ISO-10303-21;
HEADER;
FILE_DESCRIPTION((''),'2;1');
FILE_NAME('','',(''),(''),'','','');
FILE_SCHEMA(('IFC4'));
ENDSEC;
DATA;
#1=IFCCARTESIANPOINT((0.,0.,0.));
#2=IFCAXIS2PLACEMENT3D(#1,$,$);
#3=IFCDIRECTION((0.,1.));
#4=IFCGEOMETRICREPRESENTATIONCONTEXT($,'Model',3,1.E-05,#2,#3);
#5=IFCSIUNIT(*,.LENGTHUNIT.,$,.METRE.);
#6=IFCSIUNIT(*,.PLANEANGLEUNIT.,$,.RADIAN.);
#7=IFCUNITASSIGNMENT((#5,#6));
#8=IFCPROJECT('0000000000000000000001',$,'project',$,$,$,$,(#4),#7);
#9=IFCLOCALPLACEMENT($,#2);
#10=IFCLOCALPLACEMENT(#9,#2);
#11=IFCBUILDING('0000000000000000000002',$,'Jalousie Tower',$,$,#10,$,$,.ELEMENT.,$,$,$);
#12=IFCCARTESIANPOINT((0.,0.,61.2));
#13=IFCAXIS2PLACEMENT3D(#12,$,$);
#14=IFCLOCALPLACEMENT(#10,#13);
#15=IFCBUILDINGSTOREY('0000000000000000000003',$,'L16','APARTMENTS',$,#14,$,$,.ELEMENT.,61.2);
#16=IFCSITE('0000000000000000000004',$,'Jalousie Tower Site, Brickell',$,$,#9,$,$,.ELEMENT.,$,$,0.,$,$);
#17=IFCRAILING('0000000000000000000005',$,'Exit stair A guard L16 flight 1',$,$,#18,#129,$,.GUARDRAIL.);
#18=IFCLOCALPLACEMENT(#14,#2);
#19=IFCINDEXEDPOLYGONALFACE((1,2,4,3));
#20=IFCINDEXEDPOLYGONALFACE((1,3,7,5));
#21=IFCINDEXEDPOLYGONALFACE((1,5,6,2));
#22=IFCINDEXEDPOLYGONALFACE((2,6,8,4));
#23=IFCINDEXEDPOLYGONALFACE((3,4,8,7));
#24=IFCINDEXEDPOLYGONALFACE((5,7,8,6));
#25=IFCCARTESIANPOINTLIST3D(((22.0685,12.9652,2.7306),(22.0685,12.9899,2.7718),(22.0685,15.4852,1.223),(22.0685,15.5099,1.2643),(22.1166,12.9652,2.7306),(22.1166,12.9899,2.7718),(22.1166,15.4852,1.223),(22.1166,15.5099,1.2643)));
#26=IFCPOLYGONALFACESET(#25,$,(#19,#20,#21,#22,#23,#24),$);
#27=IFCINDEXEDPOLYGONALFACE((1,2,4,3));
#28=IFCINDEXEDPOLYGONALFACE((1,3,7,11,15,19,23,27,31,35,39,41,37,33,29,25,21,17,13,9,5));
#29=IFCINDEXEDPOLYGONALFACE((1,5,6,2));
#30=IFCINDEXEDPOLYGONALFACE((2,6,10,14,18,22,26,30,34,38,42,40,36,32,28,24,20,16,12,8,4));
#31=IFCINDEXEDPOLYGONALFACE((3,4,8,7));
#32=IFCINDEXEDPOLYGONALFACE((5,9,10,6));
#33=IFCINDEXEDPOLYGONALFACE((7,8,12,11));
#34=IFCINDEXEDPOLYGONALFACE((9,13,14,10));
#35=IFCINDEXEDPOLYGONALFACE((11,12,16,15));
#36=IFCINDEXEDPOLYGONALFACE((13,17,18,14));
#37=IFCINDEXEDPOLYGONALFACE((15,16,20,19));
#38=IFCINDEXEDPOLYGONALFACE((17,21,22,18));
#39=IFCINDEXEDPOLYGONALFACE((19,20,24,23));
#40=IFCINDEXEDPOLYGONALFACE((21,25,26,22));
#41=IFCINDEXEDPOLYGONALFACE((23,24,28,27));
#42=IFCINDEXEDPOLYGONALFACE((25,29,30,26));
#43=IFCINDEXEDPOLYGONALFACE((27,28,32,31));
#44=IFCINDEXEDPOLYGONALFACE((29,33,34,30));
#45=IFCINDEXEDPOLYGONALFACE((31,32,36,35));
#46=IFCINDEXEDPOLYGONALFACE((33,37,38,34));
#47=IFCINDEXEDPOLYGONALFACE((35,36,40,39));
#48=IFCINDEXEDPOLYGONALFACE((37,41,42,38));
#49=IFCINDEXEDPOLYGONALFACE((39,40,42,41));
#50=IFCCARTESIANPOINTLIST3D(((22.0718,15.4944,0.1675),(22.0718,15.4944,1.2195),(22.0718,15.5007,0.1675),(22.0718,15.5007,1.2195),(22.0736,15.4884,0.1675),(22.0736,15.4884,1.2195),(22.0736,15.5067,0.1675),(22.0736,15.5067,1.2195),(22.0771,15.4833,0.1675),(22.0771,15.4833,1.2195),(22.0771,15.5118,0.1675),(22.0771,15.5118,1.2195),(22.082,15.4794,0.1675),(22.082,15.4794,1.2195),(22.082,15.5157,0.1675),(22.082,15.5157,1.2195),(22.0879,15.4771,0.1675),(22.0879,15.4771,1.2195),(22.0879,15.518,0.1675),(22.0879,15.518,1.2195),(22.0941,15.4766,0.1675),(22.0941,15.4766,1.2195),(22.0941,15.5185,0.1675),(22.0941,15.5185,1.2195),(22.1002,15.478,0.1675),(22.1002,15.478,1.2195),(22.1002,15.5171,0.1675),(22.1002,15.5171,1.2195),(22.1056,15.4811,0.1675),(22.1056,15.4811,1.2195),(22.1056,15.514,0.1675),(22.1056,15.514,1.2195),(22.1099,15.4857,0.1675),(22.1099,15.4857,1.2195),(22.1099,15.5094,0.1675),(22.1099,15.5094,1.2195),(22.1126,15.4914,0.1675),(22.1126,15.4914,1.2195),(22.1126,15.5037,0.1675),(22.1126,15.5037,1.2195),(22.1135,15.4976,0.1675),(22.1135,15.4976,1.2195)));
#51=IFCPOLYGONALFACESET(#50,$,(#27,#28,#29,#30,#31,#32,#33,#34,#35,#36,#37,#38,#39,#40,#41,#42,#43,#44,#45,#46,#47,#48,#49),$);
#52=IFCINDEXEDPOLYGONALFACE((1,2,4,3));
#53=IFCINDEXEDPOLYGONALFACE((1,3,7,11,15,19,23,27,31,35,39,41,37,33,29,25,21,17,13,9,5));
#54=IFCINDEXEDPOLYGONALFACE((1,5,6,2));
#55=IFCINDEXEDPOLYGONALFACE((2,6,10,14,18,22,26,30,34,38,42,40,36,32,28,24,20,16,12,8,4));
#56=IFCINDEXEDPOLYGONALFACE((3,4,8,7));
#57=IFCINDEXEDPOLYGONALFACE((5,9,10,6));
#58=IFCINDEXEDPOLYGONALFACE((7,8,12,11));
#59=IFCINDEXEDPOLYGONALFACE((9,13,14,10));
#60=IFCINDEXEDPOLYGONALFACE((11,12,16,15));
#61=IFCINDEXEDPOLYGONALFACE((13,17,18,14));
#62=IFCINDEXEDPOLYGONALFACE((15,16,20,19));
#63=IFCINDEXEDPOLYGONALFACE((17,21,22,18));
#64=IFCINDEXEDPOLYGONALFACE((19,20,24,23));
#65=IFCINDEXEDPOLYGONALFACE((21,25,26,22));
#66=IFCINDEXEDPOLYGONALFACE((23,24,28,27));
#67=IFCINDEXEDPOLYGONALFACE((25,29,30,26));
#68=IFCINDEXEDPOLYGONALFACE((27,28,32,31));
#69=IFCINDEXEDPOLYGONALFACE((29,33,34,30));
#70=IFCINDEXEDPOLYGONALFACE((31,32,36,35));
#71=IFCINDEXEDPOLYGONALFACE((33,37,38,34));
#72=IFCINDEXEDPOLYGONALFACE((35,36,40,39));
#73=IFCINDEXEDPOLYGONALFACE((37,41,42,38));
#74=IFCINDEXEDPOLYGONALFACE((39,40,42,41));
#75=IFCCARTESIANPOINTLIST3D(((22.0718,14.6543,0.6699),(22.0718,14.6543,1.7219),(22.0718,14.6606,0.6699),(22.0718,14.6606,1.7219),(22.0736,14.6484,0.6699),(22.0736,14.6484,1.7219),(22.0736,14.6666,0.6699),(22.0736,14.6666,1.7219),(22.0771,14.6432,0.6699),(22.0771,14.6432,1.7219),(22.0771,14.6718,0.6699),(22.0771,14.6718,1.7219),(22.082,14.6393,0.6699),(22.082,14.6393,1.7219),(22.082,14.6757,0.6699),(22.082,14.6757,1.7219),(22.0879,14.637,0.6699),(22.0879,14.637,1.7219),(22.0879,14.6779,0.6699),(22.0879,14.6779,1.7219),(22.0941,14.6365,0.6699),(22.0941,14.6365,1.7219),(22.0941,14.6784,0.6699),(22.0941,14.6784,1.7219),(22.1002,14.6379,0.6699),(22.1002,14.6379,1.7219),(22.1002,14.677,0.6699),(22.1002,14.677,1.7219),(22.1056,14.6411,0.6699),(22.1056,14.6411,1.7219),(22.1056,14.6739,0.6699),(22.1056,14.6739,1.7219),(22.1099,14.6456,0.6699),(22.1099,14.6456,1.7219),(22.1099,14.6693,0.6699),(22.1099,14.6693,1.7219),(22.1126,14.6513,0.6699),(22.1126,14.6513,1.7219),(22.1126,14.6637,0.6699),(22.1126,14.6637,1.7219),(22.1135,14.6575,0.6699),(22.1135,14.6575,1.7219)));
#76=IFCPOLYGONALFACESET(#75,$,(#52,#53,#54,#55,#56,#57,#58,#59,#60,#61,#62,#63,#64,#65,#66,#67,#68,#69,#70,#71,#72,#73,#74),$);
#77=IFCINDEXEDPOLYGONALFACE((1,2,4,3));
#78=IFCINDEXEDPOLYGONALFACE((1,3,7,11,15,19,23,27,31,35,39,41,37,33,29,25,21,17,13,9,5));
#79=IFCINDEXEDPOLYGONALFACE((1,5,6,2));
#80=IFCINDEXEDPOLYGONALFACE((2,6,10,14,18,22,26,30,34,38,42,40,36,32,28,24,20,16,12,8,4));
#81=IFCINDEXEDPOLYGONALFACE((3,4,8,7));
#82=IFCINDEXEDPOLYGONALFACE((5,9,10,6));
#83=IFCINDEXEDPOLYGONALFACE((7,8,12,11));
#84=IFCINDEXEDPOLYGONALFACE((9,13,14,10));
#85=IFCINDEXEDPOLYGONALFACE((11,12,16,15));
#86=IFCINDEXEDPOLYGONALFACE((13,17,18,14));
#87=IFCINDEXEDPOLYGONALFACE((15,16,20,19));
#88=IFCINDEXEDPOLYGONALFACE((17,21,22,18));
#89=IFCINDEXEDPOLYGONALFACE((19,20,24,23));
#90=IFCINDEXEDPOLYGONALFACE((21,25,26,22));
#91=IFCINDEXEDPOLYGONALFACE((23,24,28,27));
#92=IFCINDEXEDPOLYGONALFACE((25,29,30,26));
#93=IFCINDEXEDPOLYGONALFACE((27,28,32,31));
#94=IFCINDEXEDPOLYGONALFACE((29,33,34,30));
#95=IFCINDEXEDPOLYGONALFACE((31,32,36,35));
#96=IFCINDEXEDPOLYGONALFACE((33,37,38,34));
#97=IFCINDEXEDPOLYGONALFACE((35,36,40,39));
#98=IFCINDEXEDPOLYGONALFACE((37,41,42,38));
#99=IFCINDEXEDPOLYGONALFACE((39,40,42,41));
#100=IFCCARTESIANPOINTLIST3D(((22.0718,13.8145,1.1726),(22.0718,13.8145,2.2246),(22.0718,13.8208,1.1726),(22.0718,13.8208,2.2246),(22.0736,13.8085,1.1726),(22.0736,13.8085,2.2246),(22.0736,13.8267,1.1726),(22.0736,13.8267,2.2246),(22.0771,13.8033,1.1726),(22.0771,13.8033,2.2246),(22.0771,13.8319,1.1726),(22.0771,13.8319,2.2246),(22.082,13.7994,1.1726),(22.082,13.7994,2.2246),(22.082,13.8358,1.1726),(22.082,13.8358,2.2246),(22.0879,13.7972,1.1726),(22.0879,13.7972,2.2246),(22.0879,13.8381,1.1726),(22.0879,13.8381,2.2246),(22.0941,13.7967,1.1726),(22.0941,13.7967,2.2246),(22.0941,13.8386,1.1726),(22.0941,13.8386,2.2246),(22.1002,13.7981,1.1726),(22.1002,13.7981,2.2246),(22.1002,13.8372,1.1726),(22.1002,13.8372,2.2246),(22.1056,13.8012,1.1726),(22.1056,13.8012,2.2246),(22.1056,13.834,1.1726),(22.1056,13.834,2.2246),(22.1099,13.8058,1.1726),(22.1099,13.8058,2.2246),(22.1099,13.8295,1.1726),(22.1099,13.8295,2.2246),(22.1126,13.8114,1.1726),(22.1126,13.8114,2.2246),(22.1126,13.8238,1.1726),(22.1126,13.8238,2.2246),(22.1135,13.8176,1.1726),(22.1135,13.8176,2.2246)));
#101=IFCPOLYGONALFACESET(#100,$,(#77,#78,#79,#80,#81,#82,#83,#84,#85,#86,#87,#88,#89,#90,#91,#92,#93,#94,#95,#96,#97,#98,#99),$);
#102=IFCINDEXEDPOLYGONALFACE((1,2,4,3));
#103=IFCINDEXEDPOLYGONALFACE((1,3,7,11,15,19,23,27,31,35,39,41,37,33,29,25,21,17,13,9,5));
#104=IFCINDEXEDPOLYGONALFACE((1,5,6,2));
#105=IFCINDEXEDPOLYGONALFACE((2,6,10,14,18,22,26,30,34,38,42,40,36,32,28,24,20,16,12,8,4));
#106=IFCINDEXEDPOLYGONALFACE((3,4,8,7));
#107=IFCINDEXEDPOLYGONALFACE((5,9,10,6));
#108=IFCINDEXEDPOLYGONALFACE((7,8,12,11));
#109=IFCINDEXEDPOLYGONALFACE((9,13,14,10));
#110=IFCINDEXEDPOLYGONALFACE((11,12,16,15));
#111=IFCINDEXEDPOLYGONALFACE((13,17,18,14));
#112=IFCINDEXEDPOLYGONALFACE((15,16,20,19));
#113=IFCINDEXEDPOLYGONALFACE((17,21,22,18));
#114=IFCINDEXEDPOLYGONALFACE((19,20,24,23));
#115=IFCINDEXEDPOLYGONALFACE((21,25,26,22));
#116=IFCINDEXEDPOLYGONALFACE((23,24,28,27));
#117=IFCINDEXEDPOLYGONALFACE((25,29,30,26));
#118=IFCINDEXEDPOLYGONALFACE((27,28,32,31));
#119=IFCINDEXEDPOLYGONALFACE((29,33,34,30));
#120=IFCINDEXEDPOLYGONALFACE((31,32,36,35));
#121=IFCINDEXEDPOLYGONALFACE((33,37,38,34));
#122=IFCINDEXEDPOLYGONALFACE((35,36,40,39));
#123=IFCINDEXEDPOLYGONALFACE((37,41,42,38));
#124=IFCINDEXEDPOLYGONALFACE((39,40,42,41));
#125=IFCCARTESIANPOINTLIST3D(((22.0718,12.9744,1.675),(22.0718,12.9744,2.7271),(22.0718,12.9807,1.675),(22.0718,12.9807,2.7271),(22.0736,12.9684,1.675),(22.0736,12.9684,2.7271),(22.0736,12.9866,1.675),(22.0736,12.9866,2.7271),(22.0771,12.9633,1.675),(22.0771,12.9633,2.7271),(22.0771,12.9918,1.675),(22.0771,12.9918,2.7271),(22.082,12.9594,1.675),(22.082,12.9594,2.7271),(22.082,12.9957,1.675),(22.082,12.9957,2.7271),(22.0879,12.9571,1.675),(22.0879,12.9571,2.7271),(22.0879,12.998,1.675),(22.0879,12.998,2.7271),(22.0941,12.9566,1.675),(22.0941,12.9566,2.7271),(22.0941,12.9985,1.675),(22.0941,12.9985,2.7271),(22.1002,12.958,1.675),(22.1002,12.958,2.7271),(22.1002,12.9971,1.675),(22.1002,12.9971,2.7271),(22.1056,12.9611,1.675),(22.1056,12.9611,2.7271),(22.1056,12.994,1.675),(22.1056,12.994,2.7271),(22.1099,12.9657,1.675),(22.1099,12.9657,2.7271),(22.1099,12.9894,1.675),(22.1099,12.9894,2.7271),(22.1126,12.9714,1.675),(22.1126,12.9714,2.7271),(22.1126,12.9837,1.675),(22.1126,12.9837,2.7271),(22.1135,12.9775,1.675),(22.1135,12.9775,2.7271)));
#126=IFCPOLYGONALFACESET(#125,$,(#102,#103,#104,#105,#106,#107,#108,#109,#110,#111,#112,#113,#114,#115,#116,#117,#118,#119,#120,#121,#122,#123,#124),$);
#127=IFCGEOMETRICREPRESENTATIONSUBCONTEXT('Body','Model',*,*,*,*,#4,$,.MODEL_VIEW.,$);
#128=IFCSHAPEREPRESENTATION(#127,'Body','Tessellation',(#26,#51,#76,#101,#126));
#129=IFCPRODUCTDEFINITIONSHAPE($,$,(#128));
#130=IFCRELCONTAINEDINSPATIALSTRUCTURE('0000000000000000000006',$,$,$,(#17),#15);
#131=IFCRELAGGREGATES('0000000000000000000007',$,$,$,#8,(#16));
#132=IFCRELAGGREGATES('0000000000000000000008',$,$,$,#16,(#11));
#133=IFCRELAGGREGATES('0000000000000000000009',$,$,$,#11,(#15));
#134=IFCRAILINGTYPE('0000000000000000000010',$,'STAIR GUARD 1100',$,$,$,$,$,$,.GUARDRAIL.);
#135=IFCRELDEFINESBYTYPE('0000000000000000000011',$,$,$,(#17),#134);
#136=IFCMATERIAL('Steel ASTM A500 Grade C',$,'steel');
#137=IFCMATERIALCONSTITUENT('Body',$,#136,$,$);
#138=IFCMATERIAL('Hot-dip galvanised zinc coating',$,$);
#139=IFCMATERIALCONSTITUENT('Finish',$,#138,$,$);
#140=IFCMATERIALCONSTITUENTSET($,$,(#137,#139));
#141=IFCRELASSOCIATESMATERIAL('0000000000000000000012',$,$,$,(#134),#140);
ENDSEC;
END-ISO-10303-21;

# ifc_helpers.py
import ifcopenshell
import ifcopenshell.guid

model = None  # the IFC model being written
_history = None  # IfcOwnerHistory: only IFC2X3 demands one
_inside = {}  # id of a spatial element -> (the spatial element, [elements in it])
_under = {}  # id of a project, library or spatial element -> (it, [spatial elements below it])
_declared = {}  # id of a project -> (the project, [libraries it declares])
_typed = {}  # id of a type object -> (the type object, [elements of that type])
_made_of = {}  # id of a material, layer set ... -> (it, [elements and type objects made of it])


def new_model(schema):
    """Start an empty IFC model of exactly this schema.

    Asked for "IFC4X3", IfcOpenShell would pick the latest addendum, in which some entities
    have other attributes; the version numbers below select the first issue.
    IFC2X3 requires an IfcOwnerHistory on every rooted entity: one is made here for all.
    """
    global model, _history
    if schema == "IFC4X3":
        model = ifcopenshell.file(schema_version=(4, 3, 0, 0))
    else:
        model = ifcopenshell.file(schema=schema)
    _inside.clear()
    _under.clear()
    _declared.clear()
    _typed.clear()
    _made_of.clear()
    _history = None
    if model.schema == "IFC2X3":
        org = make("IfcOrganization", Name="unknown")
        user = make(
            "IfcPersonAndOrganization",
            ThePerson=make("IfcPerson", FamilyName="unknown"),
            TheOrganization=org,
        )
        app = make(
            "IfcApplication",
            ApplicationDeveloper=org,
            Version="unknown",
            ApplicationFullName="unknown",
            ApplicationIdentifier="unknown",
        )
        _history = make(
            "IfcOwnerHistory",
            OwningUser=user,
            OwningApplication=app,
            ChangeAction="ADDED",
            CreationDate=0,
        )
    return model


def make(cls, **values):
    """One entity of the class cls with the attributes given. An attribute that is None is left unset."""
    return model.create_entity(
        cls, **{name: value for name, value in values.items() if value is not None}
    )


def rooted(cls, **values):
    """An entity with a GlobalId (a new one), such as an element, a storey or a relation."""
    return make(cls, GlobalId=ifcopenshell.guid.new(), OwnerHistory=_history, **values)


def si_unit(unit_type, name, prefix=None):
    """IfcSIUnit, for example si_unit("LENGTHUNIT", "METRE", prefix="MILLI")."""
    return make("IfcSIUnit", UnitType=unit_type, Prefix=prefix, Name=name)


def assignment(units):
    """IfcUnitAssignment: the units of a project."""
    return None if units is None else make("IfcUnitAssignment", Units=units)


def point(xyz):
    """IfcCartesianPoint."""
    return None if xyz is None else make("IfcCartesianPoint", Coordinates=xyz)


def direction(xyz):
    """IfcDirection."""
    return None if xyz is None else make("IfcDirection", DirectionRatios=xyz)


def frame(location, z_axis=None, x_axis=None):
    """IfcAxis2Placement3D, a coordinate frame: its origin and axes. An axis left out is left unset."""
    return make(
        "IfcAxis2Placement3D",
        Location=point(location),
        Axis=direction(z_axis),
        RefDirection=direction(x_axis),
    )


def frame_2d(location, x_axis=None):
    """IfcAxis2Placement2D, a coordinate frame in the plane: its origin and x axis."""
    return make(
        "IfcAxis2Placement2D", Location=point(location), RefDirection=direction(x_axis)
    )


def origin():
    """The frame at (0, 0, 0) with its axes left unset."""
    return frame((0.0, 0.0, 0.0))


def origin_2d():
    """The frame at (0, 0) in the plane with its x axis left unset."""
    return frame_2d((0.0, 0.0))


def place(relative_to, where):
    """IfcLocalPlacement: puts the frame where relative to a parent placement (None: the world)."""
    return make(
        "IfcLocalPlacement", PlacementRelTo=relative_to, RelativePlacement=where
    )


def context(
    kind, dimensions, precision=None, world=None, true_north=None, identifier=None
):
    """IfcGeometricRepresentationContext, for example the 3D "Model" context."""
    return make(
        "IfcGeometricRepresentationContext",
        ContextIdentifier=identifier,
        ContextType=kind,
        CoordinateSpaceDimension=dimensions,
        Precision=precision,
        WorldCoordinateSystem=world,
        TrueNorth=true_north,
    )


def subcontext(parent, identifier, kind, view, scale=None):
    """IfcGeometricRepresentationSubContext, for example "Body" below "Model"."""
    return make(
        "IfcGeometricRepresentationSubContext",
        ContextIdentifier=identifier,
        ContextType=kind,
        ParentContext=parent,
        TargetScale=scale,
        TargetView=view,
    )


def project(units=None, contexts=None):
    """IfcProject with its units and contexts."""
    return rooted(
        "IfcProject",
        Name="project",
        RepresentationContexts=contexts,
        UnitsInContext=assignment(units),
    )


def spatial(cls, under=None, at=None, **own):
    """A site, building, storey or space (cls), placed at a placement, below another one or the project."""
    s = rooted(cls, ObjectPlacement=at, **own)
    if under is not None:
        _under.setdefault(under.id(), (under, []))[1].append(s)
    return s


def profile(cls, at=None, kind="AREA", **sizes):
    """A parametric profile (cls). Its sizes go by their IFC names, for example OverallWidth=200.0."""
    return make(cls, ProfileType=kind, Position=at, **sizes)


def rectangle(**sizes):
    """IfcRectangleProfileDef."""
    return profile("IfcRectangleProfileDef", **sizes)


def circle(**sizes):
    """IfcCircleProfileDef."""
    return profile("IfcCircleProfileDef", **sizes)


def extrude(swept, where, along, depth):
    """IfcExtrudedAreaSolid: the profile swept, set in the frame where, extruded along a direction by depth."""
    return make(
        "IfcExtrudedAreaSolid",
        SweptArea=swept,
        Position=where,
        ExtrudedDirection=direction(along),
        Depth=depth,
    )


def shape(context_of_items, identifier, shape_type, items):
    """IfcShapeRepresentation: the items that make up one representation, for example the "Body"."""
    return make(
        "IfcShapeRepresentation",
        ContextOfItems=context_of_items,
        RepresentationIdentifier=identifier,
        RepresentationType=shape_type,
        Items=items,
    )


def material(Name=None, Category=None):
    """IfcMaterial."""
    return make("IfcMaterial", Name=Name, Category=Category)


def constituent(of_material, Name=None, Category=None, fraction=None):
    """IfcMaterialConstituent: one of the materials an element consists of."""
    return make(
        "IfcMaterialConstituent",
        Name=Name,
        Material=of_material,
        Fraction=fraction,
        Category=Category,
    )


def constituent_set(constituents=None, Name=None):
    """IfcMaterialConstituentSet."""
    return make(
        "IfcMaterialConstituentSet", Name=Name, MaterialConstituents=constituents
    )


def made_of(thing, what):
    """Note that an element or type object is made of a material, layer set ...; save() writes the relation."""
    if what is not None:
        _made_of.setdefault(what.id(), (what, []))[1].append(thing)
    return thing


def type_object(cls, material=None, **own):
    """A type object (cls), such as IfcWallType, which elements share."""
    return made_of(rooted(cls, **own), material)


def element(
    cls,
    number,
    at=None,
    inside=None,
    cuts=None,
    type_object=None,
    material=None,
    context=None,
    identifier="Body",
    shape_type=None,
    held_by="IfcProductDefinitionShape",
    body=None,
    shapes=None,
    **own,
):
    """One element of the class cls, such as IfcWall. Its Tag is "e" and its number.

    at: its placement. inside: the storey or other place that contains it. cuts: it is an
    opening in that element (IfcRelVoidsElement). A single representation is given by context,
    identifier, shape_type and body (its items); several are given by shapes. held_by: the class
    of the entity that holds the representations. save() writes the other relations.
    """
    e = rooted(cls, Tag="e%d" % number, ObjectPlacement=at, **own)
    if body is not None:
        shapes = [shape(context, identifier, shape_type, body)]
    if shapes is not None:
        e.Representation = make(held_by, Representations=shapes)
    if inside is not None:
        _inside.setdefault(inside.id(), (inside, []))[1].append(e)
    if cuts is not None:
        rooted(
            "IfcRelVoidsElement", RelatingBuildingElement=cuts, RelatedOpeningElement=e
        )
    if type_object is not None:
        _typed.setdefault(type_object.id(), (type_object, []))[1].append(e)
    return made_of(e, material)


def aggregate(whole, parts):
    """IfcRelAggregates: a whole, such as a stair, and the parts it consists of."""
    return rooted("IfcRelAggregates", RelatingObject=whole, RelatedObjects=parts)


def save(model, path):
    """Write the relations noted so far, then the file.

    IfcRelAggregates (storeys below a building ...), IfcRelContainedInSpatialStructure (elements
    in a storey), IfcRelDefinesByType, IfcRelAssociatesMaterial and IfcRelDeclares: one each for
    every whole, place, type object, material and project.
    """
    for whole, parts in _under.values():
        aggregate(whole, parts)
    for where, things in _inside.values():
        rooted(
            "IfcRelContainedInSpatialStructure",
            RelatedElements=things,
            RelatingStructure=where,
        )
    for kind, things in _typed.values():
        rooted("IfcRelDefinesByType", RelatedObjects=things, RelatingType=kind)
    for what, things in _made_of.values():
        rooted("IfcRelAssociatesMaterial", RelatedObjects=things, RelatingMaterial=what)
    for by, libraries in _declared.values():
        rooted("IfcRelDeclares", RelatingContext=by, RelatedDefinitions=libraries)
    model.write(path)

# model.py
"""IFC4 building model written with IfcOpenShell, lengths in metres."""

from ifc_helpers import new_model, si_unit, direction, frame, origin, origin_2d, place, context, subcontext, project, spatial, rectangle, circle, extrude, material, constituent, constituent_set, type_object, element, save


model = new_model("IFC4")

# Units and contexts
model_context = context("Model", 3, precision=1e-05, world=origin(), true_north=direction((0.0, 1.0)))
body_context = subcontext(model_context, "Body", "Model", "MODEL_VIEW")
ifc_project = project(units=[si_unit("LENGTHUNIT", "METRE"), si_unit("PLANEANGLEUNIT", "RADIAN")], contexts=[model_context])

# Site, building, storey
site_placement = place(None, origin())
site = spatial("IfcSite", under=ifc_project, at=site_placement, Name="Jalousie Tower Site, Brickell", CompositionType="ELEMENT", RefElevation=0.0)
building_placement = place(site_placement, origin())
building = spatial("IfcBuilding", under=site, at=building_placement, Name="Jalousie Tower", CompositionType="ELEMENT")
storey_placement = place(building_placement, frame((0.0, 0.0, 61.2)))
storey = spatial("IfcBuildingStorey", under=building, at=storey_placement, Name="L16", Description="APARTMENTS", CompositionType="ELEMENT", Elevation=61.2)

# Railing
ifc_material_1 = material(Name="Steel ASTM A500 Grade C", Category="steel")
ifc_constituent_1 = constituent(ifc_material_1, Name="Body")
ifc_material_2 = material(Name="Hot-dip galvanised zinc coating")
ifc_constituent_2 = constituent(ifc_material_2, Name="Finish")
ifc_constituent_set_1 = constituent_set(constituents=[ifc_constituent_1, ifc_constituent_2])
railing_type_1 = type_object("IfcRailingType", Name="STAIR GUARD 1100", PredefinedType="GUARDRAIL", material=ifc_constituent_set_1)
railing_1_placement = place(storey_placement, frame((22.0925, 15.4976, 0.1675)))
element("IfcRailing", 1, at=railing_1_placement, inside=storey, type_object=railing_type_1, Name="Exit stair A guard L16 flight 1", PredefinedType="GUARDRAIL", context=body_context, shape_type="SweptSolid", body=[
    extrude(rectangle(XDim=0.0481, YDim=0.0481, at=origin_2d()), frame((0.0, 0.0, 1.0762), z_axis=(0.0, -0.85816, 0.513383), x_axis=(1.0, 0.0, 0.0)), (0.0, 0.0, 1.0), 2.9365),
    extrude(circle(Radius=0.021, at=origin_2d()), origin(), (0.0, 0.0, 1.0), 1.052),
    extrude(circle(Radius=0.021, at=origin_2d()), frame((0.0, -0.8401, 0.5024)), (0.0, 0.0, 1.0), 1.052),
    extrude(circle(Radius=0.021, at=origin_2d()), frame((0.0, -1.6799, 1.0051)), (0.0, 0.0, 1.0), 1.052),
    extrude(circle(Radius=0.021, at=origin_2d()), frame((0.0, -2.52, 1.5076)), (0.0, 0.0, 1.0), 1.052),
])

save(model, "model.ifc")
